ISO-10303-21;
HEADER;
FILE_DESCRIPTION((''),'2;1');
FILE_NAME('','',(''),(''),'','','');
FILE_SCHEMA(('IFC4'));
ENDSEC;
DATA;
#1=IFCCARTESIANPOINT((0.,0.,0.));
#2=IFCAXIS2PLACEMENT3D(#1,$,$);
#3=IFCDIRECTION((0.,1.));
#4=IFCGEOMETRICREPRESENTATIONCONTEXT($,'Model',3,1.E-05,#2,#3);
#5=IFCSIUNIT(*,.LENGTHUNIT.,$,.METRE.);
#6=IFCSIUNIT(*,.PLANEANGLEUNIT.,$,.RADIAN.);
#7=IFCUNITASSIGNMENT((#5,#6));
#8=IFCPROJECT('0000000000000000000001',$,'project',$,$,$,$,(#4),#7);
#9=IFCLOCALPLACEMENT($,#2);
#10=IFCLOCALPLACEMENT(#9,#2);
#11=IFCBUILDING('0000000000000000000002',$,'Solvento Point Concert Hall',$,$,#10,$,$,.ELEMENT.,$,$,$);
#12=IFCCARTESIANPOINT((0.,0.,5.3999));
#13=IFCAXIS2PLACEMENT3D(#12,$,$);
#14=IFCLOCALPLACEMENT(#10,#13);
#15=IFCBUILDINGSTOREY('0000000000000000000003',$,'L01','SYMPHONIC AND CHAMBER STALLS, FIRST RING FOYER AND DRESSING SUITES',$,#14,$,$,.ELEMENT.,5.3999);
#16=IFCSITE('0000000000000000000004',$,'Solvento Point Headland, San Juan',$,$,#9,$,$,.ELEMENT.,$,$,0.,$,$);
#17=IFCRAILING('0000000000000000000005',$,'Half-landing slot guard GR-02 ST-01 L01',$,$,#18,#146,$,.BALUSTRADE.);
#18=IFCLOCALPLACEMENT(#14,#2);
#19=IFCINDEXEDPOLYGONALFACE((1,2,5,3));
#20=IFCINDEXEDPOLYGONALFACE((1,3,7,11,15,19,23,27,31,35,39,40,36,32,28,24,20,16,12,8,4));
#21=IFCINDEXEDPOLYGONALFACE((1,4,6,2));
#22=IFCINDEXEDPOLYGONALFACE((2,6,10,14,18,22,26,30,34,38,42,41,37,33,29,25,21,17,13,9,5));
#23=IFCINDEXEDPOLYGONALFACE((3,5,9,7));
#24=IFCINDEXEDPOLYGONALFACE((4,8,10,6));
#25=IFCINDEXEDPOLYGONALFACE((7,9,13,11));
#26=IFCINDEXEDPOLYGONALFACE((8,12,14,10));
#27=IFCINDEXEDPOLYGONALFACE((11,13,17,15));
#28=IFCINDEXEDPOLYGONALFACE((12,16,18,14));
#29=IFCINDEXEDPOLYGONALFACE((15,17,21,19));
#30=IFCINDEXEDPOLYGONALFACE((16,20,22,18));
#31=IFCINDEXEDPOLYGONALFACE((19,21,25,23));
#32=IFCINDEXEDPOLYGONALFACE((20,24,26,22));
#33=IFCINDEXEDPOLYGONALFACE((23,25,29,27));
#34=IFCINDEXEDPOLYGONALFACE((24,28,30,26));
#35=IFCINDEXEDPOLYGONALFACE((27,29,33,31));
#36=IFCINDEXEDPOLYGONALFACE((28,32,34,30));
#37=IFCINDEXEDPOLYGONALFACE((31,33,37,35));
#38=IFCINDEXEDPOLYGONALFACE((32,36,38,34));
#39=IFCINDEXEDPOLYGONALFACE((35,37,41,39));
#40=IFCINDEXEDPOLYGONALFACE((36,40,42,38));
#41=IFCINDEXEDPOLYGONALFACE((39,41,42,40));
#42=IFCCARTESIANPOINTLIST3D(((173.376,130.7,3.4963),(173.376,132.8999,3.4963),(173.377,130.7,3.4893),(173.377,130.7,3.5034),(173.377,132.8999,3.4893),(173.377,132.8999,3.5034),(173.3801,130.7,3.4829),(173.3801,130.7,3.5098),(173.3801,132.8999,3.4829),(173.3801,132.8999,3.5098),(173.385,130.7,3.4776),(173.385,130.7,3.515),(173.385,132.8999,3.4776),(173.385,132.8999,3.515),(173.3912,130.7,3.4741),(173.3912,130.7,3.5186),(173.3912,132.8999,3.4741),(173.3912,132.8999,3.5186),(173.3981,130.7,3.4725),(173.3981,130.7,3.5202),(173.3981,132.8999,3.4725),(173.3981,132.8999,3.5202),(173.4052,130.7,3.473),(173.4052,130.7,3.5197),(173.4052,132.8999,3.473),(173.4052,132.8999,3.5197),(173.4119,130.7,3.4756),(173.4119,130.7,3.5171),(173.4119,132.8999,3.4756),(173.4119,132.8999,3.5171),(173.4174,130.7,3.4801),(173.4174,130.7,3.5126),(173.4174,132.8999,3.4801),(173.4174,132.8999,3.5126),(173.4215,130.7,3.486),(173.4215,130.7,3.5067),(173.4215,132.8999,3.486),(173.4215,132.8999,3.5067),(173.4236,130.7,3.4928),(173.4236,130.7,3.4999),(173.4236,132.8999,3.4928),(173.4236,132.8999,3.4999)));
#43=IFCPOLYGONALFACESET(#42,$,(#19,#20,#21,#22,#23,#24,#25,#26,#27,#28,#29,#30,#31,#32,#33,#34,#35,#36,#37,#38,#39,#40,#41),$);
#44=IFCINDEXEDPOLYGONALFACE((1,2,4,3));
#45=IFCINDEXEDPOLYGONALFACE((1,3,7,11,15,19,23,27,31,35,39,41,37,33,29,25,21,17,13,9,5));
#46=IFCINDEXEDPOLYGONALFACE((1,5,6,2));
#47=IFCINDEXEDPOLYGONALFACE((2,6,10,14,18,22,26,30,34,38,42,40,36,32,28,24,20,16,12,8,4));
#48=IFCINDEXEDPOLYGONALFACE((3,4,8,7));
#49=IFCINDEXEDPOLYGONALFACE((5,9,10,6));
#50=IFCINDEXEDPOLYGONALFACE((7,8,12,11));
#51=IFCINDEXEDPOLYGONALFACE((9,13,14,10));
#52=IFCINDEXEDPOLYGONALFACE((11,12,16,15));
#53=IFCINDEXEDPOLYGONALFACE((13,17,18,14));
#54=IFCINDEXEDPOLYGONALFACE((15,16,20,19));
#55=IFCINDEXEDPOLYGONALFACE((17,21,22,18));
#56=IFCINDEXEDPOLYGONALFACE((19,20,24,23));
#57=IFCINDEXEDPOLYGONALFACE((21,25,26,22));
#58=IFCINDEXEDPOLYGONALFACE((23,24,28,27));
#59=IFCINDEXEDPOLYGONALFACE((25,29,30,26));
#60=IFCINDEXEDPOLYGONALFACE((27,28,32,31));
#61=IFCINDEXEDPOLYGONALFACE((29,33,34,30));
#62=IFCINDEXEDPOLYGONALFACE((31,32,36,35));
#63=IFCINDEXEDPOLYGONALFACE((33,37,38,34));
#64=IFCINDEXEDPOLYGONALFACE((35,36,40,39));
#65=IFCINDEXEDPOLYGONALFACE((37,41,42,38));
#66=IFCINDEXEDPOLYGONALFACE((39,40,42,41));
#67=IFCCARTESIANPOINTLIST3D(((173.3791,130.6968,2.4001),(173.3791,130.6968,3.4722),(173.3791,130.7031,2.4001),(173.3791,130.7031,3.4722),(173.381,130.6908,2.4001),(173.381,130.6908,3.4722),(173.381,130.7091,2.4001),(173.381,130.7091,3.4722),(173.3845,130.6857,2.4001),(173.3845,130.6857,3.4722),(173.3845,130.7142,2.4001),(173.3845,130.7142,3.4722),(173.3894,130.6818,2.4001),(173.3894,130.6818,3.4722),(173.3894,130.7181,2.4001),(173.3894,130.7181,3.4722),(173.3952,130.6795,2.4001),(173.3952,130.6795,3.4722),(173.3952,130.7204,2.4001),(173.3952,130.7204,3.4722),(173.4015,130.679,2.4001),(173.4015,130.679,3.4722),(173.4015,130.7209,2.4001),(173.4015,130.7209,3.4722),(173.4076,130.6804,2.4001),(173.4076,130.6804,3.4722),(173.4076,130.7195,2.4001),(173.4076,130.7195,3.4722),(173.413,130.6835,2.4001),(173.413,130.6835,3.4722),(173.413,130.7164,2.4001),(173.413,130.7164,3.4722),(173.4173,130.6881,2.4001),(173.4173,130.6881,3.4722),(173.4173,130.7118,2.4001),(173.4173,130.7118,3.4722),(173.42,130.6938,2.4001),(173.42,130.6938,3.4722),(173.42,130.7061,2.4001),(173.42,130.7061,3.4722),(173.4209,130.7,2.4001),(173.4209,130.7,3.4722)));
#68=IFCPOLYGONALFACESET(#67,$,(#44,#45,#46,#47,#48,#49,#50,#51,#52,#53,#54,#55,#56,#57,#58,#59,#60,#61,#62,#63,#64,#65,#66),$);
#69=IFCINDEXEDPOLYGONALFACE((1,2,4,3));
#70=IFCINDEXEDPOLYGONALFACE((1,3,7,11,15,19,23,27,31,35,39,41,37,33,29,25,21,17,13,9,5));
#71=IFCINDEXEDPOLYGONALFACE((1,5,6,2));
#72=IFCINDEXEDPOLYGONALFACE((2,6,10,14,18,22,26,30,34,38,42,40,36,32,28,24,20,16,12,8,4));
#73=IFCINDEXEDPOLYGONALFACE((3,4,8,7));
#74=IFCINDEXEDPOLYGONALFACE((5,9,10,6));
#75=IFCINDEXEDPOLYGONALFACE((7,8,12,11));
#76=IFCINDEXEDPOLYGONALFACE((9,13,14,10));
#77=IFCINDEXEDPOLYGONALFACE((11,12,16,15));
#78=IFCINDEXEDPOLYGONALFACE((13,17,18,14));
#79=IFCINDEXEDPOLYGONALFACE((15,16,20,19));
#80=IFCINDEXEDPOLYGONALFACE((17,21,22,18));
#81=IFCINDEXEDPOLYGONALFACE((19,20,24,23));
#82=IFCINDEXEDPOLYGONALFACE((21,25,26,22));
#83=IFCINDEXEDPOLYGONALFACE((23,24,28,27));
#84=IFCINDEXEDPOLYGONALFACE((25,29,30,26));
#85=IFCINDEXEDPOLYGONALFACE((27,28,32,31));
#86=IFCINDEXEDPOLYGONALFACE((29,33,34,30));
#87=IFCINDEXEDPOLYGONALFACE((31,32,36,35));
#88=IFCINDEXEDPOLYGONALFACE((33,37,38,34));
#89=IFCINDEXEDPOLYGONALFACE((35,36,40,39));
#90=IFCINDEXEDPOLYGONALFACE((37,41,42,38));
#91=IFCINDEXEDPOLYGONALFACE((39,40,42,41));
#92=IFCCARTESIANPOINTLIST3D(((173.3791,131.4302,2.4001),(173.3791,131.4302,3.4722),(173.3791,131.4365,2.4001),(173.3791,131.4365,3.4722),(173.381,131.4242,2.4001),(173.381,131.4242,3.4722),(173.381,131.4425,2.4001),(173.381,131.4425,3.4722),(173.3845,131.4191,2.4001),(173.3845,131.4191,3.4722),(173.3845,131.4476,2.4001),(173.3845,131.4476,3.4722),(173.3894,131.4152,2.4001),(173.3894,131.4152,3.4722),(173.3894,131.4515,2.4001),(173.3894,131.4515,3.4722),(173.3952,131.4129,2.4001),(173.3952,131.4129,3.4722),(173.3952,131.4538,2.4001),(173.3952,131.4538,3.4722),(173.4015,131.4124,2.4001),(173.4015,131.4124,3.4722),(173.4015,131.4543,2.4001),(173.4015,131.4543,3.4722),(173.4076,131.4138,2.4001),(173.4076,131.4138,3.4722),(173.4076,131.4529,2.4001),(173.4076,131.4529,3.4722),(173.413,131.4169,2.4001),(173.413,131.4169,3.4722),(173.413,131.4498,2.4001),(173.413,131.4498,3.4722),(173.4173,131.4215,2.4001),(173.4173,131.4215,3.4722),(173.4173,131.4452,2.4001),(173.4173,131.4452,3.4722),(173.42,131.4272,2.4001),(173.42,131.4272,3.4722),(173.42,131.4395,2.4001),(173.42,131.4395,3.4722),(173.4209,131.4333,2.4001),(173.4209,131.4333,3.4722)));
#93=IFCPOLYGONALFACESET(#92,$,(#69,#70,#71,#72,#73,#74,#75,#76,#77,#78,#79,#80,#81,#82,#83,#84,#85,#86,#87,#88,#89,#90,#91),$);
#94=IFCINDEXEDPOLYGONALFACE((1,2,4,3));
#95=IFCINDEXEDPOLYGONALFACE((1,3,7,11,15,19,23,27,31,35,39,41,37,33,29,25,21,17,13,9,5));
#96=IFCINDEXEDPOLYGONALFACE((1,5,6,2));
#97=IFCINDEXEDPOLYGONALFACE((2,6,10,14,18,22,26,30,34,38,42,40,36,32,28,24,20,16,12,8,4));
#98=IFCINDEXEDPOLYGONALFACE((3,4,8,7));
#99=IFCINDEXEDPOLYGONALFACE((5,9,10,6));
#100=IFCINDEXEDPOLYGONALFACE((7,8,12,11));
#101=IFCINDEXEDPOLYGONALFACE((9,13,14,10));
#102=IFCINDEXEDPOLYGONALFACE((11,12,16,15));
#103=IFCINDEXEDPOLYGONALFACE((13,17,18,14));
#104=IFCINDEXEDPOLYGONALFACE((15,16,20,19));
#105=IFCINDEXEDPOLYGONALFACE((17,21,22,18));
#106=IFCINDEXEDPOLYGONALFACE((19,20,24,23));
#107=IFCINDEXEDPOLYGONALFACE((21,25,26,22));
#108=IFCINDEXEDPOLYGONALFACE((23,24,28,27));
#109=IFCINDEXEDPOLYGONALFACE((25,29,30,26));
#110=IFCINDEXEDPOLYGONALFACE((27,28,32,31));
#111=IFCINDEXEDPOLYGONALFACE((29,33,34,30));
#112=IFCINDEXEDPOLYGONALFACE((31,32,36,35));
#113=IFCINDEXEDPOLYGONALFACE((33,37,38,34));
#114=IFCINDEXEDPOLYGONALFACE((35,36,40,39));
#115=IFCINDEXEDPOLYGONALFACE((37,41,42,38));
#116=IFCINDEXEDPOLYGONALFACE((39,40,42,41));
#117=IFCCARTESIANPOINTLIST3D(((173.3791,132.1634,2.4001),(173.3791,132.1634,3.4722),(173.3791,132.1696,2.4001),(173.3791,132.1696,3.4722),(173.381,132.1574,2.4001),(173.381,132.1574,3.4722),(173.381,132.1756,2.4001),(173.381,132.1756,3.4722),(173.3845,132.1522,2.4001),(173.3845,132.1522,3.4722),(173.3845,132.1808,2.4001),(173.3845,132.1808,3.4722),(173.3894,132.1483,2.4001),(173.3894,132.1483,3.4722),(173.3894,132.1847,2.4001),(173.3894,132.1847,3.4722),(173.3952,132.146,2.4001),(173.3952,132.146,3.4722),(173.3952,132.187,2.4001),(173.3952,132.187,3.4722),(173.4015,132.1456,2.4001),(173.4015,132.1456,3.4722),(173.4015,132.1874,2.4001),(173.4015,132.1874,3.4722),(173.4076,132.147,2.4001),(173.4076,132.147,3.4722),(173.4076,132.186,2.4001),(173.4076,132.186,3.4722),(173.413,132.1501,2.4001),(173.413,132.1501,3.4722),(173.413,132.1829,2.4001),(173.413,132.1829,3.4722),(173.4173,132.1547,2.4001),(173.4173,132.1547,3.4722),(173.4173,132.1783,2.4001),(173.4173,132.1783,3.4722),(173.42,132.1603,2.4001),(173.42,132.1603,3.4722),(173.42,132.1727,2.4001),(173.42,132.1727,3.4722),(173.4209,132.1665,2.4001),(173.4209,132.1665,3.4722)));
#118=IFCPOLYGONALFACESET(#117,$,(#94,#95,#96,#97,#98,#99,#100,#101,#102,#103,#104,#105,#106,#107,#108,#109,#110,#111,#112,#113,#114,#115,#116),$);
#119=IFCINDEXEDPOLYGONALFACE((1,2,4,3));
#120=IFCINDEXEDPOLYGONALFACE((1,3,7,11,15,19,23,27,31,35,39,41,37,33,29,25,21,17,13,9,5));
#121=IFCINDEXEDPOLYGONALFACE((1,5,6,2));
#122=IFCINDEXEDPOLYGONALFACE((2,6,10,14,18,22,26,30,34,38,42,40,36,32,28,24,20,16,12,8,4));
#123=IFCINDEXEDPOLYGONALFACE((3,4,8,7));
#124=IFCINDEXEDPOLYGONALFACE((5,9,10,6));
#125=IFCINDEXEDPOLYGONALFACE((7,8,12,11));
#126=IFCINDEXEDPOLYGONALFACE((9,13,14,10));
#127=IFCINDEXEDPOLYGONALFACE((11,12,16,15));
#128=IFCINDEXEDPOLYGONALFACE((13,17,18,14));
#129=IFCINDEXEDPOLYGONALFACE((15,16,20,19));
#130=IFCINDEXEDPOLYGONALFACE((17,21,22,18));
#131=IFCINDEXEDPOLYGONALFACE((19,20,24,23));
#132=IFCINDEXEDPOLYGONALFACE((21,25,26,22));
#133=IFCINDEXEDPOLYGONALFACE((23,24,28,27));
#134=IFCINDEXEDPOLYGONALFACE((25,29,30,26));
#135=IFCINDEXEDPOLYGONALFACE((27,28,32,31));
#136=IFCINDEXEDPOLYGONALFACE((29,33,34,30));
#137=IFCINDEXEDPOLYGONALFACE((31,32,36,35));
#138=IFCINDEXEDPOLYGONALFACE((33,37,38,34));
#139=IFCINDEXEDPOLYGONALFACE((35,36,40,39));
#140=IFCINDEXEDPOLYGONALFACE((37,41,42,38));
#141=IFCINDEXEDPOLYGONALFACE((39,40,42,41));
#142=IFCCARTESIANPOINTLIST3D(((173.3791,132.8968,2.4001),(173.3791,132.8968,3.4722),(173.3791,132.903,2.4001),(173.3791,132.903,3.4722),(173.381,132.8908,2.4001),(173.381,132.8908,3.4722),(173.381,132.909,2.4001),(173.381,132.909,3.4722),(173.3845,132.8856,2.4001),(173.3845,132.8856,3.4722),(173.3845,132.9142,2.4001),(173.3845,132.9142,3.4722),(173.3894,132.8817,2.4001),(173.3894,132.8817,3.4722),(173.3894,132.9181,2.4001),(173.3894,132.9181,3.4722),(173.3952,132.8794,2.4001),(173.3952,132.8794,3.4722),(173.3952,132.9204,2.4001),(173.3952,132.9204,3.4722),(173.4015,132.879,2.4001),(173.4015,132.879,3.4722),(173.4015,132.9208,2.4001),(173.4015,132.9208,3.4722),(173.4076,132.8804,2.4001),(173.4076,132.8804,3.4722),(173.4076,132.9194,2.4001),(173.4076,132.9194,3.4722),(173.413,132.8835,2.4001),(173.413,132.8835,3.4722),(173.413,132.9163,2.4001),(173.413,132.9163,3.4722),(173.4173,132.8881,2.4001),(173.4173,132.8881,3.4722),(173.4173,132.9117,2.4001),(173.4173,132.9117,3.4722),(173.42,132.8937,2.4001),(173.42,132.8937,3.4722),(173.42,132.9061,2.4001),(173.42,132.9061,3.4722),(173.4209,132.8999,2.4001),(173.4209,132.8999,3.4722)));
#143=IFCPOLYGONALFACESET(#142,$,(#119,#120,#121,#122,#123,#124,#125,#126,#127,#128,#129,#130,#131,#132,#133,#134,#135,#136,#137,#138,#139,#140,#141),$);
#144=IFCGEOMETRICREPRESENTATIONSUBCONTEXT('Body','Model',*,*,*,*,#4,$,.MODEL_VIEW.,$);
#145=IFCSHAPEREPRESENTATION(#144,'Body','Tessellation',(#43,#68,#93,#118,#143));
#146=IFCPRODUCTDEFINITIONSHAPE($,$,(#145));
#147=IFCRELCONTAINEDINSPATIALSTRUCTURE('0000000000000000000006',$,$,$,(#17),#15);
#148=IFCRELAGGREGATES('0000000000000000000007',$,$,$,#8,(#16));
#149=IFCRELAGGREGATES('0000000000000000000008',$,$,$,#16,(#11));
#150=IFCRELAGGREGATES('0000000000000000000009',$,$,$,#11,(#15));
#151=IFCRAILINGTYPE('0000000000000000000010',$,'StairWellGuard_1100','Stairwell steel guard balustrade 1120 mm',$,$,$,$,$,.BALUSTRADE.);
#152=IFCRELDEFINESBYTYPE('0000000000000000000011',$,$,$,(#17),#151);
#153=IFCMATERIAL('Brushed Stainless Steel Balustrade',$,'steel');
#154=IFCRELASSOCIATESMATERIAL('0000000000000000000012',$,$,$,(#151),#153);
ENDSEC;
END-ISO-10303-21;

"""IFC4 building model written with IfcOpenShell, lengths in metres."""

from ifc_helpers import new_model, si_unit, direction, frame, origin, origin_2d, place, context, subcontext, project, spatial, circle, extrude, material, type_object, element, save


model = new_model("IFC4")

# Units and contexts
model_context = context("Model", 3, precision=1e-05, world=origin(), true_north=direction((0.0, 1.0)))
body_context = subcontext(model_context, "Body", "Model", "MODEL_VIEW")
ifc_project = project(units=[si_unit("LENGTHUNIT", "METRE"), si_unit("PLANEANGLEUNIT", "RADIAN")], contexts=[model_context])

# Site, building, storey
site_placement = place(None, origin())
site = spatial("IfcSite", under=ifc_project, at=site_placement, Name="Solvento Point Headland, San Juan", CompositionType="ELEMENT", RefElevation=0.0)
building_placement = place(site_placement, origin())
building = spatial("IfcBuilding", under=site, at=building_placement, Name="Solvento Point Concert Hall", CompositionType="ELEMENT")
storey_placement = place(building_placement, frame((0.0, 0.0, 5.3999)))
storey = spatial("IfcBuildingStorey", under=building, at=storey_placement, Name="L01", Description="SYMPHONIC AND CHAMBER STALLS, FIRST RING FOYER AND DRESSING SUITES", CompositionType="ELEMENT", Elevation=5.3999)

# Railing
ifc_material_1 = material(Name="Brushed Stainless Steel Balustrade", Category="steel")
railing_type_1 = type_object("IfcRailingType", Name="StairWellGuard_1100", Description="Stairwell steel guard balustrade 1120 mm", PredefinedType="BALUSTRADE", material=ifc_material_1)
railing_1_placement = place(storey_placement, frame((173.3999, 130.7, 2.4001)))
element("IfcRailing", 1, at=railing_1_placement, inside=storey, type_object=railing_type_1, Name="Half-landing slot guard GR-02 ST-01 L01", PredefinedType="BALUSTRADE", context=body_context, shape_type="SweptSolid", body=[
    extrude(circle(Radius=0.0239, at=origin_2d()), frame((0.0, 0.0, 1.0962), z_axis=(0.0, 1.0, 0.0), x_axis=(-1.0, 0.0, 0.0)), (0.0, 0.0, 1.0), 2.2),
    extrude(circle(Radius=0.021, at=origin_2d()), origin(), (0.0, 0.0, 1.0), 1.072),
    extrude(circle(Radius=0.021, at=origin_2d()), frame((0.0, 0.7334, 0.0)), (0.0, 0.0, 1.0), 1.072),
    extrude(circle(Radius=0.021, at=origin_2d()), frame((0.0, 1.4666, 0.0)), (0.0, 0.0, 1.0), 1.072),
    extrude(circle(Radius=0.021, at=origin_2d()), frame((0.0, 2.2, 0.0)), (0.0, 0.0, 1.0), 1.072),
])

save(model, "model.ifc")
